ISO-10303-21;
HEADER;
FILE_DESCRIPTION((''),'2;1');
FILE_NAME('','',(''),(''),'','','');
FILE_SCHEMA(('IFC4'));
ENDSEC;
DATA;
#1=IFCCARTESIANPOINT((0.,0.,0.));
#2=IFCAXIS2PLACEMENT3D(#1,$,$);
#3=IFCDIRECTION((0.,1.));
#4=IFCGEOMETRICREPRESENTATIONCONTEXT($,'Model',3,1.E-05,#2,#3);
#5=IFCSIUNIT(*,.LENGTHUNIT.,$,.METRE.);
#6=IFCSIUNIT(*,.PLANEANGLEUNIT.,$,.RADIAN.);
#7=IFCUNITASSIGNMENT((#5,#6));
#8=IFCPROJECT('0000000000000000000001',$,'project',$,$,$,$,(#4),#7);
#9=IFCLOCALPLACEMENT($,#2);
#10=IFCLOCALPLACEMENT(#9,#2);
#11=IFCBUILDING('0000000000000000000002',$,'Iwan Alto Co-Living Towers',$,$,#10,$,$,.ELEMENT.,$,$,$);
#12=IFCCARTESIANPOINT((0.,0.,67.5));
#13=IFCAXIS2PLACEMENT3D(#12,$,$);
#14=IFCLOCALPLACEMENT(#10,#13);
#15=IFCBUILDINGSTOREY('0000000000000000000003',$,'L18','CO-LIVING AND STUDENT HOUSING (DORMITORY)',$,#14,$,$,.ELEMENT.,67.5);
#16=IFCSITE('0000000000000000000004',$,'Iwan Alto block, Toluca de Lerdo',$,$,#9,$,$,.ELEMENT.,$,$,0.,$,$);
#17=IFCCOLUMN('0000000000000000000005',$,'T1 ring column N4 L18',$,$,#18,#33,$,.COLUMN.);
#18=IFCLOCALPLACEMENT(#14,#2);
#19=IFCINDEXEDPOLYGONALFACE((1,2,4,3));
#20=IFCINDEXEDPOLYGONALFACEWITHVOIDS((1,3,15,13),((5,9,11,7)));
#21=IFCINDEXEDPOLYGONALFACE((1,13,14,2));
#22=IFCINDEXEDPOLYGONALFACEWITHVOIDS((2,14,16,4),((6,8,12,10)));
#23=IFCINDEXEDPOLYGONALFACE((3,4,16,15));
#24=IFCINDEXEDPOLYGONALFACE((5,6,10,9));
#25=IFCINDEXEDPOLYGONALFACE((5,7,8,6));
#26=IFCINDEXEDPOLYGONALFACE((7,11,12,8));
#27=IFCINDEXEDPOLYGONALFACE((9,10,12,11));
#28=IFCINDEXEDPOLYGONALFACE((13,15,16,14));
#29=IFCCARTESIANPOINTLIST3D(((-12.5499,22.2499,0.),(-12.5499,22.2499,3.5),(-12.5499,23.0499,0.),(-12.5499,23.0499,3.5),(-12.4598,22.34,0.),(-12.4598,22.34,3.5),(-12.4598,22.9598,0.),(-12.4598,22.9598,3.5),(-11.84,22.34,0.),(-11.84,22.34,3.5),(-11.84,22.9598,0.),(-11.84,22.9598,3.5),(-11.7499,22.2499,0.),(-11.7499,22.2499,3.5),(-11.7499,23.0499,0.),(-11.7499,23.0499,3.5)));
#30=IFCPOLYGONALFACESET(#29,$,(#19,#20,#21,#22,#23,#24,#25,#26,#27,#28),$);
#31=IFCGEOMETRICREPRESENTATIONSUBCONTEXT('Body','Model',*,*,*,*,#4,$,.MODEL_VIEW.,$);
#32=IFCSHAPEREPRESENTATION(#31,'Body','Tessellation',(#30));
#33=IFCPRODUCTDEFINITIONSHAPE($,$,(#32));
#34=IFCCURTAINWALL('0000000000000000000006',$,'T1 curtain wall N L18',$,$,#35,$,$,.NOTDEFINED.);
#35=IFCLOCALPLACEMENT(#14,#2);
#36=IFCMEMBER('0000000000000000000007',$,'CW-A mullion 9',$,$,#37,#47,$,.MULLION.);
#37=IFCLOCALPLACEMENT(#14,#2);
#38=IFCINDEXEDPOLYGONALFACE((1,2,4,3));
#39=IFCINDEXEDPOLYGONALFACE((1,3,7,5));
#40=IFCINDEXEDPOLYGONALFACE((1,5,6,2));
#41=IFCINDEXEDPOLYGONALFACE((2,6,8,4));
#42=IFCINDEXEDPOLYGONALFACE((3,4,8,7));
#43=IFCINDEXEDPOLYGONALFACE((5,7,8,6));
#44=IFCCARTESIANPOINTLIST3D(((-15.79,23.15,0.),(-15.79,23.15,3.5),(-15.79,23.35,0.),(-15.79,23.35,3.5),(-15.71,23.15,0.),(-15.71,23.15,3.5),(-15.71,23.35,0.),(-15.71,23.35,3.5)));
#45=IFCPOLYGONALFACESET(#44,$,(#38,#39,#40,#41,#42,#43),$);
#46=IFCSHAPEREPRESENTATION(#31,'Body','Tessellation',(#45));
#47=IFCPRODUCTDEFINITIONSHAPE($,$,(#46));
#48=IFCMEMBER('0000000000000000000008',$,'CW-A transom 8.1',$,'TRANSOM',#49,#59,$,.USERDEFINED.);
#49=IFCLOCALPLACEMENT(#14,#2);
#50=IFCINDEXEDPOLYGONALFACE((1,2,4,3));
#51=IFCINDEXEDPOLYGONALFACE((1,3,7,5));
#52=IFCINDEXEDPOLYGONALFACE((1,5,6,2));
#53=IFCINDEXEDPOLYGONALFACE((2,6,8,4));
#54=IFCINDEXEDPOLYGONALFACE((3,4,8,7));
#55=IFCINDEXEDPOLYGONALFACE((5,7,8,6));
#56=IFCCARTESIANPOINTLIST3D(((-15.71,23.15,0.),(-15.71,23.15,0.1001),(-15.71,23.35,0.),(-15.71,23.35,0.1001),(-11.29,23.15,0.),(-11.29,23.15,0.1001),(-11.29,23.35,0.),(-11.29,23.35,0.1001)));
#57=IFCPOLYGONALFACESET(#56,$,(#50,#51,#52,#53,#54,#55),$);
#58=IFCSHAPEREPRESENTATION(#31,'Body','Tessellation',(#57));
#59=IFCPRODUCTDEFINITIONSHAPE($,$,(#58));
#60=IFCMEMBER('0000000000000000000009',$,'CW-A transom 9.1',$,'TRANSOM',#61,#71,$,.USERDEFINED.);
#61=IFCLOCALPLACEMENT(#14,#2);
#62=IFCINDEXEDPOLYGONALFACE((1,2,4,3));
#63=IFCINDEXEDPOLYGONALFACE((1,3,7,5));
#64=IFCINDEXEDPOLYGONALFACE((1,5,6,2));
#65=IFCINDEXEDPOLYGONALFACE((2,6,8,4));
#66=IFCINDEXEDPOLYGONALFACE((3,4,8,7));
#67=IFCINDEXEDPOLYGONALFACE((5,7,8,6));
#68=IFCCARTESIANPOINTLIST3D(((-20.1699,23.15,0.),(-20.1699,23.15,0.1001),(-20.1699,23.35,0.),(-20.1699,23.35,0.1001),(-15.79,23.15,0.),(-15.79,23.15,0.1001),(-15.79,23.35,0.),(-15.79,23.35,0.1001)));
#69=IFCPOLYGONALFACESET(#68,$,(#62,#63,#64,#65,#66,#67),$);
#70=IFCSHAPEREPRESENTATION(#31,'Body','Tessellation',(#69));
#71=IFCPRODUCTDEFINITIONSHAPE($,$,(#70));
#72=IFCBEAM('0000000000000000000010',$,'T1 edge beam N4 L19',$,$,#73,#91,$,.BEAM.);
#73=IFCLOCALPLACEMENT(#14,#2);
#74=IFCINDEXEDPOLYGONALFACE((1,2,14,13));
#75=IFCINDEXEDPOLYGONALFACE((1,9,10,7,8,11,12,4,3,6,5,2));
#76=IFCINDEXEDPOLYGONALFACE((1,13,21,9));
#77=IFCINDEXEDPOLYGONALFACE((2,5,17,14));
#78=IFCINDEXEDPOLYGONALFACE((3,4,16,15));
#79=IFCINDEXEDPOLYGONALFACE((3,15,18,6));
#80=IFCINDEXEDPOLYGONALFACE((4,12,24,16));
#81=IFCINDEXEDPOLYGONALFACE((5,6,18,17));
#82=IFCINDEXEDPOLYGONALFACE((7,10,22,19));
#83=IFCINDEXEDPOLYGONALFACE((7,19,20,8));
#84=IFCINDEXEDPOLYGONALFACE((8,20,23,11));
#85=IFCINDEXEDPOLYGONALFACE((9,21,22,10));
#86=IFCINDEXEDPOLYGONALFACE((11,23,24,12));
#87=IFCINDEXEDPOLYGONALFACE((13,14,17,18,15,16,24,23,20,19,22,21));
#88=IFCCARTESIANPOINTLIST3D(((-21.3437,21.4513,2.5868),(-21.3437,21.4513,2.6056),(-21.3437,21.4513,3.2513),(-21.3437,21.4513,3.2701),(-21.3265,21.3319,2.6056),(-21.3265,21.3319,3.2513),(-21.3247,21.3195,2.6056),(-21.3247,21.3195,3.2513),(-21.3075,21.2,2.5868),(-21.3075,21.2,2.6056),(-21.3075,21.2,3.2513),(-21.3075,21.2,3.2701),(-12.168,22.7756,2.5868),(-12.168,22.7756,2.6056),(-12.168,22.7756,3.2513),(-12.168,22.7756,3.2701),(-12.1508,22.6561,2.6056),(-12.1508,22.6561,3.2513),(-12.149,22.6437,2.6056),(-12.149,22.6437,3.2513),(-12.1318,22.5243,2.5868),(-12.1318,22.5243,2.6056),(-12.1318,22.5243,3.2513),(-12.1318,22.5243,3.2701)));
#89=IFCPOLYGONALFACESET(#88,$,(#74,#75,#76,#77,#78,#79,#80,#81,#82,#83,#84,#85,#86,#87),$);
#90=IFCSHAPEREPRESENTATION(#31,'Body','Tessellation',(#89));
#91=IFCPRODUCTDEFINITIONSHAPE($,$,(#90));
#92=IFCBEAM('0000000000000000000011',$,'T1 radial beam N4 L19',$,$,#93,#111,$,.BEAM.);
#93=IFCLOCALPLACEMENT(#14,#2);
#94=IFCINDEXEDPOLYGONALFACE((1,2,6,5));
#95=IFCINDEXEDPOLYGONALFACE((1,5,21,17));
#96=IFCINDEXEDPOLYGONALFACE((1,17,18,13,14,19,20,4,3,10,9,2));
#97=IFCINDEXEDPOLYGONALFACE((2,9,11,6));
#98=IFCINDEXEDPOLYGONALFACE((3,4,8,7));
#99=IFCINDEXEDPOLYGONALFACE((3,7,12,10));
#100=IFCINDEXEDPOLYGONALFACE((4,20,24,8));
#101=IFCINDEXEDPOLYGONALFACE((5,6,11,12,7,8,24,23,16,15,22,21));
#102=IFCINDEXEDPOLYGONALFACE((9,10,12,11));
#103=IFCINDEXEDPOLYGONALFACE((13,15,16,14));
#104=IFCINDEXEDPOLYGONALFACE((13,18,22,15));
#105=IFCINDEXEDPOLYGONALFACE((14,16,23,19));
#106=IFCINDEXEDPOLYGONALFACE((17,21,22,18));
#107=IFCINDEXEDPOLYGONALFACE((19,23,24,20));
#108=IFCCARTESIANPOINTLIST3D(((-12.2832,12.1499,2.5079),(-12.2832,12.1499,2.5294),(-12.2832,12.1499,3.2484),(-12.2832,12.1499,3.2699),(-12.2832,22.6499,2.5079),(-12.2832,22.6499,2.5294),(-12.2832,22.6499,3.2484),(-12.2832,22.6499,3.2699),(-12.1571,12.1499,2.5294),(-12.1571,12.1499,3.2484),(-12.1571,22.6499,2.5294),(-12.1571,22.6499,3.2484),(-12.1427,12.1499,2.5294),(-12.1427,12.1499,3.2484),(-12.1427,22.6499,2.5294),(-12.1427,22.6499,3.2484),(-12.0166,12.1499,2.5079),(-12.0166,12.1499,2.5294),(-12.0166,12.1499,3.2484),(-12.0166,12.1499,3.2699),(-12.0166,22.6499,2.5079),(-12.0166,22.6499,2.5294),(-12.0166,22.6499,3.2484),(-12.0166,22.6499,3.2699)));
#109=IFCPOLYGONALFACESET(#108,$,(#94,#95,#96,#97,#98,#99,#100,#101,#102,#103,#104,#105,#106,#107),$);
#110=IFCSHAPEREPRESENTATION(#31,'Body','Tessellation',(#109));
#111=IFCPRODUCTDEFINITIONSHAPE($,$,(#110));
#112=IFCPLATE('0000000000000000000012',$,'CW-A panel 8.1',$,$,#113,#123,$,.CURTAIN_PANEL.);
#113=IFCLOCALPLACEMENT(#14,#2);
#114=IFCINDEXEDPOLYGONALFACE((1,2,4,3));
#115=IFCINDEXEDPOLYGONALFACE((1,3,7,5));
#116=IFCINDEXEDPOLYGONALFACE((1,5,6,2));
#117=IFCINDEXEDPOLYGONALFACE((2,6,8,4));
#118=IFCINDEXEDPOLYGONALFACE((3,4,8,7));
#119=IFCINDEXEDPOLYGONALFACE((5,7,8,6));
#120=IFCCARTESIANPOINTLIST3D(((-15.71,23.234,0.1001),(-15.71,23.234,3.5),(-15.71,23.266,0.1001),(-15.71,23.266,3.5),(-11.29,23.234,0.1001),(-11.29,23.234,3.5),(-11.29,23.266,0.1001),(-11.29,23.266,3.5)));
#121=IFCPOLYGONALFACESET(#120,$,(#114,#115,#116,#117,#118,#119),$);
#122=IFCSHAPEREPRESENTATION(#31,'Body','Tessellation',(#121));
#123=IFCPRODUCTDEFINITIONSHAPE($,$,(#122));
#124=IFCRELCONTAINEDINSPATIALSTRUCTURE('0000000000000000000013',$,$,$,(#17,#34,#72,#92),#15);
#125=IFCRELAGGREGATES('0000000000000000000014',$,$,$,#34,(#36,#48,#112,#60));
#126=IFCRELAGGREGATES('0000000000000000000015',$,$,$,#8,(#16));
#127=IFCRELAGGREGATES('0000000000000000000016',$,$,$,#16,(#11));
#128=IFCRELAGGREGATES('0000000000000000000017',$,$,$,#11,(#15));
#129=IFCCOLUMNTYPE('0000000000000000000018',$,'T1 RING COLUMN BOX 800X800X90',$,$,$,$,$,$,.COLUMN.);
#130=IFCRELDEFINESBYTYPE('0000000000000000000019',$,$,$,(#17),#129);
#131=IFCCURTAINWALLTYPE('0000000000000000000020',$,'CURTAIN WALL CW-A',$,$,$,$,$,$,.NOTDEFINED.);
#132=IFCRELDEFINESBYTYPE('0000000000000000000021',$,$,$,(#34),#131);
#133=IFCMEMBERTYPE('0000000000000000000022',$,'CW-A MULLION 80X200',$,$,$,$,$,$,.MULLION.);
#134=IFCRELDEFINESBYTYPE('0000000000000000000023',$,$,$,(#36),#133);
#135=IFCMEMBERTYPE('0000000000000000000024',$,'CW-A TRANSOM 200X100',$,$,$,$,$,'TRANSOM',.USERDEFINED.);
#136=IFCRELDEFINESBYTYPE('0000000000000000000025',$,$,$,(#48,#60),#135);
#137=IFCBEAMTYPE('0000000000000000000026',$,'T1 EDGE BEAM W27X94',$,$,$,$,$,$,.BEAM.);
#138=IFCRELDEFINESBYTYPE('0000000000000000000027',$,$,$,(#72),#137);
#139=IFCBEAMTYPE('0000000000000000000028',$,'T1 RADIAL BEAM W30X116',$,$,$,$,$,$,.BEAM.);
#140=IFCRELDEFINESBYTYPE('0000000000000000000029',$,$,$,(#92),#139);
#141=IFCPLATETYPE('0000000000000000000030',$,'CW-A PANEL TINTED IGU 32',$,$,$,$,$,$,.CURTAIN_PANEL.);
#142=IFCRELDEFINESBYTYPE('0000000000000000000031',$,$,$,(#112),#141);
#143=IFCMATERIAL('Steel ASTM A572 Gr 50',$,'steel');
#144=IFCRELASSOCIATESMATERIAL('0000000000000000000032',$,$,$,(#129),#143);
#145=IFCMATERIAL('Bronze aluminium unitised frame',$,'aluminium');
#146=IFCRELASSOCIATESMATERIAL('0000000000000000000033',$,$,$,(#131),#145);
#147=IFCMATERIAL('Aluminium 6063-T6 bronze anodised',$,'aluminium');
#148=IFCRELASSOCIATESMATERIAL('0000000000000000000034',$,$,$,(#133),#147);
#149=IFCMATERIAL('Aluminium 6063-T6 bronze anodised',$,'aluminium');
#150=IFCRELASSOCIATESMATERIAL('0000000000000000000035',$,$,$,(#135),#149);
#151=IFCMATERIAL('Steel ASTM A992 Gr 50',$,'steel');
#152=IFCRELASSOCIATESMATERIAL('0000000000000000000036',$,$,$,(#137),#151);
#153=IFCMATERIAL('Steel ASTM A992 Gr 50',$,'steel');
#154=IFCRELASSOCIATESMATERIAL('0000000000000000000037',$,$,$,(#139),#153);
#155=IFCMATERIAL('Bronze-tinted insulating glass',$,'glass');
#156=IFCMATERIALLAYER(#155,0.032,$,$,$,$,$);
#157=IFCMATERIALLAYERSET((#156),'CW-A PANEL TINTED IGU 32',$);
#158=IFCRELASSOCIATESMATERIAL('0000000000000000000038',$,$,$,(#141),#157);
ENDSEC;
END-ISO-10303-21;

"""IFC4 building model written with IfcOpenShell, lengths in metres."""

from ifc_helpers import new_model, si_unit, direction, frame, origin, origin_2d, place, context, subcontext, project, spatial, rectangle, hollow_rectangle, i_section, extrude, material, layer, layer_set, material_profile, profile_set, type_object, element, aggregate, save


model = new_model("IFC4")

# Units and contexts
model_context = context("Model", 3, precision=1e-05, world=origin(), true_north=direction((0.0, 1.0)))
body_context = subcontext(model_context, "Body", "Model", "MODEL_VIEW")
ifc_project = project(units=[si_unit("LENGTHUNIT", "METRE"), si_unit("PLANEANGLEUNIT", "RADIAN")], contexts=[model_context])

# Site, building, storey
site_placement = place(None, origin())
site = spatial("IfcSite", under=ifc_project, at=site_placement, Name="Iwan Alto block, Toluca de Lerdo", CompositionType="ELEMENT", RefElevation=0.0)
building_placement = place(site_placement, origin())
building = spatial("IfcBuilding", under=site, at=building_placement, Name="Iwan Alto Co-Living Towers", CompositionType="ELEMENT")
storey_placement = place(building_placement, frame((0.0, 0.0, 67.5)))
storey = spatial("IfcBuildingStorey", under=building, at=storey_placement, Name="L18", Description="CO-LIVING AND STUDENT HOUSING (DORMITORY)", CompositionType="ELEMENT", Elevation=67.5)

# Column
ifc_material_1 = material(Name="Steel ASTM A572 Gr 50", Category="steel")
ifc_material_profile_1 = material_profile(ifc_material_1, hollow_rectangle(XDim=0.8, YDim=0.8, WallThickness=0.0901, at=origin_2d()), Name="BOX 800X800X90")
ifc_profile_set_1 = profile_set([ifc_material_profile_1], Name="Steel ASTM A572 Gr 50")
column_type = type_object("IfcColumnType", Name="T1 RING COLUMN BOX 800X800X90", PredefinedType="COLUMN", material=ifc_profile_set_1)
column_placement = place(storey_placement, frame((-12.1499, 22.6499, 0.0), z_axis=(0.0, 0.0, 1.0), x_axis=(1.0, 0.0, 0.0)))
element("IfcColumn", 1, at=column_placement, inside=storey, type_object=column_type, Name="T1 ring column N4 L18", PredefinedType="COLUMN", context=body_context, shape_type="SweptSolid", body=[
    extrude(hollow_rectangle(XDim=0.8, YDim=0.8, WallThickness=0.0901, at=origin_2d()), origin(), (0.0, 0.0, 1.0), 3.5),
])

# Curtain wall, members
ifc_material_2 = material(Name="Bronze aluminium unitised frame", Category="aluminium")
curtain_wall_type = type_object("IfcCurtainWallType", Name="CURTAIN WALL CW-A", PredefinedType="NOTDEFINED", material=ifc_material_2)
curtain_wall_placement = place(storey_placement, origin())
curtain_wall = element("IfcCurtainWall", 2, at=curtain_wall_placement, inside=storey, type_object=curtain_wall_type, Name="T1 curtain wall N L18", PredefinedType="NOTDEFINED")
ifc_material_3 = material(Name="Aluminium 6063-T6 bronze anodised", Category="aluminium")
ifc_material_profile_2 = material_profile(ifc_material_3, rectangle(XDim=0.2, YDim=0.0801, at=origin_2d()), Name="AL 80X200")
ifc_profile_set_2 = profile_set([ifc_material_profile_2], Name="Aluminium 6063-T6 bronze anodised")
member_type_1 = type_object("IfcMemberType", Name="CW-A MULLION 80X200", PredefinedType="MULLION", material=ifc_profile_set_2)
member_1_placement = place(storey_placement, frame((-15.75, 23.25, 0.0), z_axis=(0.0, 0.0, 1.0), x_axis=(0.0, -1.0, 0.0)))
member_1 = element("IfcMember", 3, at=member_1_placement, type_object=member_type_1, Name="CW-A mullion 9", PredefinedType="MULLION", context=body_context, shape_type="SweptSolid", body=[
    extrude(rectangle(XDim=0.2, YDim=0.0801, at=origin_2d()), origin(), (0.0, 0.0, 1.0), 3.5),
])
ifc_material_4 = material(Name="Aluminium 6063-T6 bronze anodised", Category="aluminium")
ifc_material_profile_3 = material_profile(ifc_material_4, rectangle(XDim=0.2, YDim=0.1001, at=origin_2d()), Name="AL 200X100")
ifc_profile_set_3 = profile_set([ifc_material_profile_3], Name="Aluminium 6063-T6 bronze anodised")
member_type_2 = type_object("IfcMemberType", Name="CW-A TRANSOM 200X100", ElementType="TRANSOM", PredefinedType="USERDEFINED", material=ifc_profile_set_3)
member_2_placement = place(storey_placement, frame((-11.29, 23.25, 0.05), z_axis=(-1.0, 0.0, 0.0), x_axis=(0.0, -1.0, 0.0)))
member_2 = element("IfcMember", 4, at=member_2_placement, type_object=member_type_2, Name="CW-A transom 8.1", ObjectType="TRANSOM", PredefinedType="USERDEFINED", context=body_context, shape_type="SweptSolid", body=[
    extrude(rectangle(XDim=0.2, YDim=0.1001, at=origin_2d()), origin(), (0.0, 0.0, 1.0), 4.4199),
])
member_3_placement = place(storey_placement, frame((-15.79, 23.25, 0.05), z_axis=(-1.0, 0.0, 0.0), x_axis=(0.0, -1.0, 0.0)))
member_3 = element("IfcMember", 5, at=member_3_placement, type_object=member_type_2, Name="CW-A transom 9.1", ObjectType="TRANSOM", PredefinedType="USERDEFINED", context=body_context, shape_type="SweptSolid", body=[
    extrude(rectangle(XDim=0.2, YDim=0.1001, at=origin_2d()), origin(), (0.0, 0.0, 1.0), 4.3799),
])

# Beams
ifc_material_5 = material(Name="Steel ASTM A992 Gr 50", Category="steel")
ifc_material_profile_4 = material_profile(ifc_material_5, i_section(OverallWidth=0.2539, OverallDepth=0.6833, WebThickness=0.0125, FlangeThickness=0.0188, at=origin_2d()), Name="W27X94")
ifc_profile_set_4 = profile_set([ifc_material_profile_4], Name="Steel ASTM A992 Gr 50")
beam_type_1 = type_object("IfcBeamType", Name="T1 EDGE BEAM W27X94", PredefinedType="BEAM", material=ifc_profile_set_4)
beam_1_placement = place(storey_placement, frame((-12.1499, 22.6499, 2.9285), z_axis=(-0.989746, -0.142837, 0.0), x_axis=(0.142837, -0.989746, 0.0)))
element("IfcBeam", 6, at=beam_1_placement, inside=storey, type_object=beam_type_1, Name="T1 edge beam N4 L19", PredefinedType="BEAM", context=body_context, shape_type="SweptSolid", body=[
    extrude(i_section(OverallWidth=0.2539, OverallDepth=0.6833, WebThickness=0.0125, FlangeThickness=0.0188, at=origin_2d()), origin(), (0.0, 0.0, 1.0), 9.2708),
])
ifc_material_6 = material(Name="Steel ASTM A992 Gr 50", Category="steel")
ifc_material_profile_5 = material_profile(ifc_material_6, i_section(OverallWidth=0.2666, OverallDepth=0.762, WebThickness=0.0144, FlangeThickness=0.0215, at=origin_2d()), Name="W30X116")
ifc_profile_set_5 = profile_set([ifc_material_profile_5], Name="Steel ASTM A992 Gr 50")
beam_type_2 = type_object("IfcBeamType", Name="T1 RADIAL BEAM W30X116", PredefinedType="BEAM", material=ifc_profile_set_5)
beam_2_placement = place(storey_placement, frame((-12.1499, 22.6499, 2.8889), z_axis=(0.0, -1.0, 0.0), x_axis=(1.0, 0.0, 0.0)))
element("IfcBeam", 7, at=beam_2_placement, inside=storey, type_object=beam_type_2, Name="T1 radial beam N4 L19", PredefinedType="BEAM", context=body_context, shape_type="SweptSolid", body=[
    extrude(i_section(OverallWidth=0.2666, OverallDepth=0.762, WebThickness=0.0144, FlangeThickness=0.0215, at=origin_2d()), origin(), (0.0, 0.0, 1.0), 10.5),
])

# Plate
ifc_material_7 = material(Name="Bronze-tinted insulating glass", Category="glass")
ifc_layer_1 = layer(ifc_material_7, 0.032)
ifc_layer_set_1 = layer_set([ifc_layer_1], Name="CW-A PANEL TINTED IGU 32")
plate_type = type_object("IfcPlateType", Name="CW-A PANEL TINTED IGU 32", PredefinedType="CURTAIN_PANEL", material=ifc_layer_set_1)
plate_placement = place(storey_placement, frame((-13.5, 23.25, 0.1001), z_axis=(0.0, 0.0, 1.0), x_axis=(-1.0, 0.0, 0.0)))
plate = element("IfcPlate", 8, at=plate_placement, type_object=plate_type, Name="CW-A panel 8.1", PredefinedType="CURTAIN_PANEL", context=body_context, shape_type="SweptSolid", body=[
    extrude(rectangle(XDim=4.4199, YDim=0.032, at=origin_2d()), origin(), (0.0, 0.0, 1.0), 3.3999),
])
aggregate(curtain_wall, [member_1, member_2, plate, member_3])

save(model, "model.ifc")
